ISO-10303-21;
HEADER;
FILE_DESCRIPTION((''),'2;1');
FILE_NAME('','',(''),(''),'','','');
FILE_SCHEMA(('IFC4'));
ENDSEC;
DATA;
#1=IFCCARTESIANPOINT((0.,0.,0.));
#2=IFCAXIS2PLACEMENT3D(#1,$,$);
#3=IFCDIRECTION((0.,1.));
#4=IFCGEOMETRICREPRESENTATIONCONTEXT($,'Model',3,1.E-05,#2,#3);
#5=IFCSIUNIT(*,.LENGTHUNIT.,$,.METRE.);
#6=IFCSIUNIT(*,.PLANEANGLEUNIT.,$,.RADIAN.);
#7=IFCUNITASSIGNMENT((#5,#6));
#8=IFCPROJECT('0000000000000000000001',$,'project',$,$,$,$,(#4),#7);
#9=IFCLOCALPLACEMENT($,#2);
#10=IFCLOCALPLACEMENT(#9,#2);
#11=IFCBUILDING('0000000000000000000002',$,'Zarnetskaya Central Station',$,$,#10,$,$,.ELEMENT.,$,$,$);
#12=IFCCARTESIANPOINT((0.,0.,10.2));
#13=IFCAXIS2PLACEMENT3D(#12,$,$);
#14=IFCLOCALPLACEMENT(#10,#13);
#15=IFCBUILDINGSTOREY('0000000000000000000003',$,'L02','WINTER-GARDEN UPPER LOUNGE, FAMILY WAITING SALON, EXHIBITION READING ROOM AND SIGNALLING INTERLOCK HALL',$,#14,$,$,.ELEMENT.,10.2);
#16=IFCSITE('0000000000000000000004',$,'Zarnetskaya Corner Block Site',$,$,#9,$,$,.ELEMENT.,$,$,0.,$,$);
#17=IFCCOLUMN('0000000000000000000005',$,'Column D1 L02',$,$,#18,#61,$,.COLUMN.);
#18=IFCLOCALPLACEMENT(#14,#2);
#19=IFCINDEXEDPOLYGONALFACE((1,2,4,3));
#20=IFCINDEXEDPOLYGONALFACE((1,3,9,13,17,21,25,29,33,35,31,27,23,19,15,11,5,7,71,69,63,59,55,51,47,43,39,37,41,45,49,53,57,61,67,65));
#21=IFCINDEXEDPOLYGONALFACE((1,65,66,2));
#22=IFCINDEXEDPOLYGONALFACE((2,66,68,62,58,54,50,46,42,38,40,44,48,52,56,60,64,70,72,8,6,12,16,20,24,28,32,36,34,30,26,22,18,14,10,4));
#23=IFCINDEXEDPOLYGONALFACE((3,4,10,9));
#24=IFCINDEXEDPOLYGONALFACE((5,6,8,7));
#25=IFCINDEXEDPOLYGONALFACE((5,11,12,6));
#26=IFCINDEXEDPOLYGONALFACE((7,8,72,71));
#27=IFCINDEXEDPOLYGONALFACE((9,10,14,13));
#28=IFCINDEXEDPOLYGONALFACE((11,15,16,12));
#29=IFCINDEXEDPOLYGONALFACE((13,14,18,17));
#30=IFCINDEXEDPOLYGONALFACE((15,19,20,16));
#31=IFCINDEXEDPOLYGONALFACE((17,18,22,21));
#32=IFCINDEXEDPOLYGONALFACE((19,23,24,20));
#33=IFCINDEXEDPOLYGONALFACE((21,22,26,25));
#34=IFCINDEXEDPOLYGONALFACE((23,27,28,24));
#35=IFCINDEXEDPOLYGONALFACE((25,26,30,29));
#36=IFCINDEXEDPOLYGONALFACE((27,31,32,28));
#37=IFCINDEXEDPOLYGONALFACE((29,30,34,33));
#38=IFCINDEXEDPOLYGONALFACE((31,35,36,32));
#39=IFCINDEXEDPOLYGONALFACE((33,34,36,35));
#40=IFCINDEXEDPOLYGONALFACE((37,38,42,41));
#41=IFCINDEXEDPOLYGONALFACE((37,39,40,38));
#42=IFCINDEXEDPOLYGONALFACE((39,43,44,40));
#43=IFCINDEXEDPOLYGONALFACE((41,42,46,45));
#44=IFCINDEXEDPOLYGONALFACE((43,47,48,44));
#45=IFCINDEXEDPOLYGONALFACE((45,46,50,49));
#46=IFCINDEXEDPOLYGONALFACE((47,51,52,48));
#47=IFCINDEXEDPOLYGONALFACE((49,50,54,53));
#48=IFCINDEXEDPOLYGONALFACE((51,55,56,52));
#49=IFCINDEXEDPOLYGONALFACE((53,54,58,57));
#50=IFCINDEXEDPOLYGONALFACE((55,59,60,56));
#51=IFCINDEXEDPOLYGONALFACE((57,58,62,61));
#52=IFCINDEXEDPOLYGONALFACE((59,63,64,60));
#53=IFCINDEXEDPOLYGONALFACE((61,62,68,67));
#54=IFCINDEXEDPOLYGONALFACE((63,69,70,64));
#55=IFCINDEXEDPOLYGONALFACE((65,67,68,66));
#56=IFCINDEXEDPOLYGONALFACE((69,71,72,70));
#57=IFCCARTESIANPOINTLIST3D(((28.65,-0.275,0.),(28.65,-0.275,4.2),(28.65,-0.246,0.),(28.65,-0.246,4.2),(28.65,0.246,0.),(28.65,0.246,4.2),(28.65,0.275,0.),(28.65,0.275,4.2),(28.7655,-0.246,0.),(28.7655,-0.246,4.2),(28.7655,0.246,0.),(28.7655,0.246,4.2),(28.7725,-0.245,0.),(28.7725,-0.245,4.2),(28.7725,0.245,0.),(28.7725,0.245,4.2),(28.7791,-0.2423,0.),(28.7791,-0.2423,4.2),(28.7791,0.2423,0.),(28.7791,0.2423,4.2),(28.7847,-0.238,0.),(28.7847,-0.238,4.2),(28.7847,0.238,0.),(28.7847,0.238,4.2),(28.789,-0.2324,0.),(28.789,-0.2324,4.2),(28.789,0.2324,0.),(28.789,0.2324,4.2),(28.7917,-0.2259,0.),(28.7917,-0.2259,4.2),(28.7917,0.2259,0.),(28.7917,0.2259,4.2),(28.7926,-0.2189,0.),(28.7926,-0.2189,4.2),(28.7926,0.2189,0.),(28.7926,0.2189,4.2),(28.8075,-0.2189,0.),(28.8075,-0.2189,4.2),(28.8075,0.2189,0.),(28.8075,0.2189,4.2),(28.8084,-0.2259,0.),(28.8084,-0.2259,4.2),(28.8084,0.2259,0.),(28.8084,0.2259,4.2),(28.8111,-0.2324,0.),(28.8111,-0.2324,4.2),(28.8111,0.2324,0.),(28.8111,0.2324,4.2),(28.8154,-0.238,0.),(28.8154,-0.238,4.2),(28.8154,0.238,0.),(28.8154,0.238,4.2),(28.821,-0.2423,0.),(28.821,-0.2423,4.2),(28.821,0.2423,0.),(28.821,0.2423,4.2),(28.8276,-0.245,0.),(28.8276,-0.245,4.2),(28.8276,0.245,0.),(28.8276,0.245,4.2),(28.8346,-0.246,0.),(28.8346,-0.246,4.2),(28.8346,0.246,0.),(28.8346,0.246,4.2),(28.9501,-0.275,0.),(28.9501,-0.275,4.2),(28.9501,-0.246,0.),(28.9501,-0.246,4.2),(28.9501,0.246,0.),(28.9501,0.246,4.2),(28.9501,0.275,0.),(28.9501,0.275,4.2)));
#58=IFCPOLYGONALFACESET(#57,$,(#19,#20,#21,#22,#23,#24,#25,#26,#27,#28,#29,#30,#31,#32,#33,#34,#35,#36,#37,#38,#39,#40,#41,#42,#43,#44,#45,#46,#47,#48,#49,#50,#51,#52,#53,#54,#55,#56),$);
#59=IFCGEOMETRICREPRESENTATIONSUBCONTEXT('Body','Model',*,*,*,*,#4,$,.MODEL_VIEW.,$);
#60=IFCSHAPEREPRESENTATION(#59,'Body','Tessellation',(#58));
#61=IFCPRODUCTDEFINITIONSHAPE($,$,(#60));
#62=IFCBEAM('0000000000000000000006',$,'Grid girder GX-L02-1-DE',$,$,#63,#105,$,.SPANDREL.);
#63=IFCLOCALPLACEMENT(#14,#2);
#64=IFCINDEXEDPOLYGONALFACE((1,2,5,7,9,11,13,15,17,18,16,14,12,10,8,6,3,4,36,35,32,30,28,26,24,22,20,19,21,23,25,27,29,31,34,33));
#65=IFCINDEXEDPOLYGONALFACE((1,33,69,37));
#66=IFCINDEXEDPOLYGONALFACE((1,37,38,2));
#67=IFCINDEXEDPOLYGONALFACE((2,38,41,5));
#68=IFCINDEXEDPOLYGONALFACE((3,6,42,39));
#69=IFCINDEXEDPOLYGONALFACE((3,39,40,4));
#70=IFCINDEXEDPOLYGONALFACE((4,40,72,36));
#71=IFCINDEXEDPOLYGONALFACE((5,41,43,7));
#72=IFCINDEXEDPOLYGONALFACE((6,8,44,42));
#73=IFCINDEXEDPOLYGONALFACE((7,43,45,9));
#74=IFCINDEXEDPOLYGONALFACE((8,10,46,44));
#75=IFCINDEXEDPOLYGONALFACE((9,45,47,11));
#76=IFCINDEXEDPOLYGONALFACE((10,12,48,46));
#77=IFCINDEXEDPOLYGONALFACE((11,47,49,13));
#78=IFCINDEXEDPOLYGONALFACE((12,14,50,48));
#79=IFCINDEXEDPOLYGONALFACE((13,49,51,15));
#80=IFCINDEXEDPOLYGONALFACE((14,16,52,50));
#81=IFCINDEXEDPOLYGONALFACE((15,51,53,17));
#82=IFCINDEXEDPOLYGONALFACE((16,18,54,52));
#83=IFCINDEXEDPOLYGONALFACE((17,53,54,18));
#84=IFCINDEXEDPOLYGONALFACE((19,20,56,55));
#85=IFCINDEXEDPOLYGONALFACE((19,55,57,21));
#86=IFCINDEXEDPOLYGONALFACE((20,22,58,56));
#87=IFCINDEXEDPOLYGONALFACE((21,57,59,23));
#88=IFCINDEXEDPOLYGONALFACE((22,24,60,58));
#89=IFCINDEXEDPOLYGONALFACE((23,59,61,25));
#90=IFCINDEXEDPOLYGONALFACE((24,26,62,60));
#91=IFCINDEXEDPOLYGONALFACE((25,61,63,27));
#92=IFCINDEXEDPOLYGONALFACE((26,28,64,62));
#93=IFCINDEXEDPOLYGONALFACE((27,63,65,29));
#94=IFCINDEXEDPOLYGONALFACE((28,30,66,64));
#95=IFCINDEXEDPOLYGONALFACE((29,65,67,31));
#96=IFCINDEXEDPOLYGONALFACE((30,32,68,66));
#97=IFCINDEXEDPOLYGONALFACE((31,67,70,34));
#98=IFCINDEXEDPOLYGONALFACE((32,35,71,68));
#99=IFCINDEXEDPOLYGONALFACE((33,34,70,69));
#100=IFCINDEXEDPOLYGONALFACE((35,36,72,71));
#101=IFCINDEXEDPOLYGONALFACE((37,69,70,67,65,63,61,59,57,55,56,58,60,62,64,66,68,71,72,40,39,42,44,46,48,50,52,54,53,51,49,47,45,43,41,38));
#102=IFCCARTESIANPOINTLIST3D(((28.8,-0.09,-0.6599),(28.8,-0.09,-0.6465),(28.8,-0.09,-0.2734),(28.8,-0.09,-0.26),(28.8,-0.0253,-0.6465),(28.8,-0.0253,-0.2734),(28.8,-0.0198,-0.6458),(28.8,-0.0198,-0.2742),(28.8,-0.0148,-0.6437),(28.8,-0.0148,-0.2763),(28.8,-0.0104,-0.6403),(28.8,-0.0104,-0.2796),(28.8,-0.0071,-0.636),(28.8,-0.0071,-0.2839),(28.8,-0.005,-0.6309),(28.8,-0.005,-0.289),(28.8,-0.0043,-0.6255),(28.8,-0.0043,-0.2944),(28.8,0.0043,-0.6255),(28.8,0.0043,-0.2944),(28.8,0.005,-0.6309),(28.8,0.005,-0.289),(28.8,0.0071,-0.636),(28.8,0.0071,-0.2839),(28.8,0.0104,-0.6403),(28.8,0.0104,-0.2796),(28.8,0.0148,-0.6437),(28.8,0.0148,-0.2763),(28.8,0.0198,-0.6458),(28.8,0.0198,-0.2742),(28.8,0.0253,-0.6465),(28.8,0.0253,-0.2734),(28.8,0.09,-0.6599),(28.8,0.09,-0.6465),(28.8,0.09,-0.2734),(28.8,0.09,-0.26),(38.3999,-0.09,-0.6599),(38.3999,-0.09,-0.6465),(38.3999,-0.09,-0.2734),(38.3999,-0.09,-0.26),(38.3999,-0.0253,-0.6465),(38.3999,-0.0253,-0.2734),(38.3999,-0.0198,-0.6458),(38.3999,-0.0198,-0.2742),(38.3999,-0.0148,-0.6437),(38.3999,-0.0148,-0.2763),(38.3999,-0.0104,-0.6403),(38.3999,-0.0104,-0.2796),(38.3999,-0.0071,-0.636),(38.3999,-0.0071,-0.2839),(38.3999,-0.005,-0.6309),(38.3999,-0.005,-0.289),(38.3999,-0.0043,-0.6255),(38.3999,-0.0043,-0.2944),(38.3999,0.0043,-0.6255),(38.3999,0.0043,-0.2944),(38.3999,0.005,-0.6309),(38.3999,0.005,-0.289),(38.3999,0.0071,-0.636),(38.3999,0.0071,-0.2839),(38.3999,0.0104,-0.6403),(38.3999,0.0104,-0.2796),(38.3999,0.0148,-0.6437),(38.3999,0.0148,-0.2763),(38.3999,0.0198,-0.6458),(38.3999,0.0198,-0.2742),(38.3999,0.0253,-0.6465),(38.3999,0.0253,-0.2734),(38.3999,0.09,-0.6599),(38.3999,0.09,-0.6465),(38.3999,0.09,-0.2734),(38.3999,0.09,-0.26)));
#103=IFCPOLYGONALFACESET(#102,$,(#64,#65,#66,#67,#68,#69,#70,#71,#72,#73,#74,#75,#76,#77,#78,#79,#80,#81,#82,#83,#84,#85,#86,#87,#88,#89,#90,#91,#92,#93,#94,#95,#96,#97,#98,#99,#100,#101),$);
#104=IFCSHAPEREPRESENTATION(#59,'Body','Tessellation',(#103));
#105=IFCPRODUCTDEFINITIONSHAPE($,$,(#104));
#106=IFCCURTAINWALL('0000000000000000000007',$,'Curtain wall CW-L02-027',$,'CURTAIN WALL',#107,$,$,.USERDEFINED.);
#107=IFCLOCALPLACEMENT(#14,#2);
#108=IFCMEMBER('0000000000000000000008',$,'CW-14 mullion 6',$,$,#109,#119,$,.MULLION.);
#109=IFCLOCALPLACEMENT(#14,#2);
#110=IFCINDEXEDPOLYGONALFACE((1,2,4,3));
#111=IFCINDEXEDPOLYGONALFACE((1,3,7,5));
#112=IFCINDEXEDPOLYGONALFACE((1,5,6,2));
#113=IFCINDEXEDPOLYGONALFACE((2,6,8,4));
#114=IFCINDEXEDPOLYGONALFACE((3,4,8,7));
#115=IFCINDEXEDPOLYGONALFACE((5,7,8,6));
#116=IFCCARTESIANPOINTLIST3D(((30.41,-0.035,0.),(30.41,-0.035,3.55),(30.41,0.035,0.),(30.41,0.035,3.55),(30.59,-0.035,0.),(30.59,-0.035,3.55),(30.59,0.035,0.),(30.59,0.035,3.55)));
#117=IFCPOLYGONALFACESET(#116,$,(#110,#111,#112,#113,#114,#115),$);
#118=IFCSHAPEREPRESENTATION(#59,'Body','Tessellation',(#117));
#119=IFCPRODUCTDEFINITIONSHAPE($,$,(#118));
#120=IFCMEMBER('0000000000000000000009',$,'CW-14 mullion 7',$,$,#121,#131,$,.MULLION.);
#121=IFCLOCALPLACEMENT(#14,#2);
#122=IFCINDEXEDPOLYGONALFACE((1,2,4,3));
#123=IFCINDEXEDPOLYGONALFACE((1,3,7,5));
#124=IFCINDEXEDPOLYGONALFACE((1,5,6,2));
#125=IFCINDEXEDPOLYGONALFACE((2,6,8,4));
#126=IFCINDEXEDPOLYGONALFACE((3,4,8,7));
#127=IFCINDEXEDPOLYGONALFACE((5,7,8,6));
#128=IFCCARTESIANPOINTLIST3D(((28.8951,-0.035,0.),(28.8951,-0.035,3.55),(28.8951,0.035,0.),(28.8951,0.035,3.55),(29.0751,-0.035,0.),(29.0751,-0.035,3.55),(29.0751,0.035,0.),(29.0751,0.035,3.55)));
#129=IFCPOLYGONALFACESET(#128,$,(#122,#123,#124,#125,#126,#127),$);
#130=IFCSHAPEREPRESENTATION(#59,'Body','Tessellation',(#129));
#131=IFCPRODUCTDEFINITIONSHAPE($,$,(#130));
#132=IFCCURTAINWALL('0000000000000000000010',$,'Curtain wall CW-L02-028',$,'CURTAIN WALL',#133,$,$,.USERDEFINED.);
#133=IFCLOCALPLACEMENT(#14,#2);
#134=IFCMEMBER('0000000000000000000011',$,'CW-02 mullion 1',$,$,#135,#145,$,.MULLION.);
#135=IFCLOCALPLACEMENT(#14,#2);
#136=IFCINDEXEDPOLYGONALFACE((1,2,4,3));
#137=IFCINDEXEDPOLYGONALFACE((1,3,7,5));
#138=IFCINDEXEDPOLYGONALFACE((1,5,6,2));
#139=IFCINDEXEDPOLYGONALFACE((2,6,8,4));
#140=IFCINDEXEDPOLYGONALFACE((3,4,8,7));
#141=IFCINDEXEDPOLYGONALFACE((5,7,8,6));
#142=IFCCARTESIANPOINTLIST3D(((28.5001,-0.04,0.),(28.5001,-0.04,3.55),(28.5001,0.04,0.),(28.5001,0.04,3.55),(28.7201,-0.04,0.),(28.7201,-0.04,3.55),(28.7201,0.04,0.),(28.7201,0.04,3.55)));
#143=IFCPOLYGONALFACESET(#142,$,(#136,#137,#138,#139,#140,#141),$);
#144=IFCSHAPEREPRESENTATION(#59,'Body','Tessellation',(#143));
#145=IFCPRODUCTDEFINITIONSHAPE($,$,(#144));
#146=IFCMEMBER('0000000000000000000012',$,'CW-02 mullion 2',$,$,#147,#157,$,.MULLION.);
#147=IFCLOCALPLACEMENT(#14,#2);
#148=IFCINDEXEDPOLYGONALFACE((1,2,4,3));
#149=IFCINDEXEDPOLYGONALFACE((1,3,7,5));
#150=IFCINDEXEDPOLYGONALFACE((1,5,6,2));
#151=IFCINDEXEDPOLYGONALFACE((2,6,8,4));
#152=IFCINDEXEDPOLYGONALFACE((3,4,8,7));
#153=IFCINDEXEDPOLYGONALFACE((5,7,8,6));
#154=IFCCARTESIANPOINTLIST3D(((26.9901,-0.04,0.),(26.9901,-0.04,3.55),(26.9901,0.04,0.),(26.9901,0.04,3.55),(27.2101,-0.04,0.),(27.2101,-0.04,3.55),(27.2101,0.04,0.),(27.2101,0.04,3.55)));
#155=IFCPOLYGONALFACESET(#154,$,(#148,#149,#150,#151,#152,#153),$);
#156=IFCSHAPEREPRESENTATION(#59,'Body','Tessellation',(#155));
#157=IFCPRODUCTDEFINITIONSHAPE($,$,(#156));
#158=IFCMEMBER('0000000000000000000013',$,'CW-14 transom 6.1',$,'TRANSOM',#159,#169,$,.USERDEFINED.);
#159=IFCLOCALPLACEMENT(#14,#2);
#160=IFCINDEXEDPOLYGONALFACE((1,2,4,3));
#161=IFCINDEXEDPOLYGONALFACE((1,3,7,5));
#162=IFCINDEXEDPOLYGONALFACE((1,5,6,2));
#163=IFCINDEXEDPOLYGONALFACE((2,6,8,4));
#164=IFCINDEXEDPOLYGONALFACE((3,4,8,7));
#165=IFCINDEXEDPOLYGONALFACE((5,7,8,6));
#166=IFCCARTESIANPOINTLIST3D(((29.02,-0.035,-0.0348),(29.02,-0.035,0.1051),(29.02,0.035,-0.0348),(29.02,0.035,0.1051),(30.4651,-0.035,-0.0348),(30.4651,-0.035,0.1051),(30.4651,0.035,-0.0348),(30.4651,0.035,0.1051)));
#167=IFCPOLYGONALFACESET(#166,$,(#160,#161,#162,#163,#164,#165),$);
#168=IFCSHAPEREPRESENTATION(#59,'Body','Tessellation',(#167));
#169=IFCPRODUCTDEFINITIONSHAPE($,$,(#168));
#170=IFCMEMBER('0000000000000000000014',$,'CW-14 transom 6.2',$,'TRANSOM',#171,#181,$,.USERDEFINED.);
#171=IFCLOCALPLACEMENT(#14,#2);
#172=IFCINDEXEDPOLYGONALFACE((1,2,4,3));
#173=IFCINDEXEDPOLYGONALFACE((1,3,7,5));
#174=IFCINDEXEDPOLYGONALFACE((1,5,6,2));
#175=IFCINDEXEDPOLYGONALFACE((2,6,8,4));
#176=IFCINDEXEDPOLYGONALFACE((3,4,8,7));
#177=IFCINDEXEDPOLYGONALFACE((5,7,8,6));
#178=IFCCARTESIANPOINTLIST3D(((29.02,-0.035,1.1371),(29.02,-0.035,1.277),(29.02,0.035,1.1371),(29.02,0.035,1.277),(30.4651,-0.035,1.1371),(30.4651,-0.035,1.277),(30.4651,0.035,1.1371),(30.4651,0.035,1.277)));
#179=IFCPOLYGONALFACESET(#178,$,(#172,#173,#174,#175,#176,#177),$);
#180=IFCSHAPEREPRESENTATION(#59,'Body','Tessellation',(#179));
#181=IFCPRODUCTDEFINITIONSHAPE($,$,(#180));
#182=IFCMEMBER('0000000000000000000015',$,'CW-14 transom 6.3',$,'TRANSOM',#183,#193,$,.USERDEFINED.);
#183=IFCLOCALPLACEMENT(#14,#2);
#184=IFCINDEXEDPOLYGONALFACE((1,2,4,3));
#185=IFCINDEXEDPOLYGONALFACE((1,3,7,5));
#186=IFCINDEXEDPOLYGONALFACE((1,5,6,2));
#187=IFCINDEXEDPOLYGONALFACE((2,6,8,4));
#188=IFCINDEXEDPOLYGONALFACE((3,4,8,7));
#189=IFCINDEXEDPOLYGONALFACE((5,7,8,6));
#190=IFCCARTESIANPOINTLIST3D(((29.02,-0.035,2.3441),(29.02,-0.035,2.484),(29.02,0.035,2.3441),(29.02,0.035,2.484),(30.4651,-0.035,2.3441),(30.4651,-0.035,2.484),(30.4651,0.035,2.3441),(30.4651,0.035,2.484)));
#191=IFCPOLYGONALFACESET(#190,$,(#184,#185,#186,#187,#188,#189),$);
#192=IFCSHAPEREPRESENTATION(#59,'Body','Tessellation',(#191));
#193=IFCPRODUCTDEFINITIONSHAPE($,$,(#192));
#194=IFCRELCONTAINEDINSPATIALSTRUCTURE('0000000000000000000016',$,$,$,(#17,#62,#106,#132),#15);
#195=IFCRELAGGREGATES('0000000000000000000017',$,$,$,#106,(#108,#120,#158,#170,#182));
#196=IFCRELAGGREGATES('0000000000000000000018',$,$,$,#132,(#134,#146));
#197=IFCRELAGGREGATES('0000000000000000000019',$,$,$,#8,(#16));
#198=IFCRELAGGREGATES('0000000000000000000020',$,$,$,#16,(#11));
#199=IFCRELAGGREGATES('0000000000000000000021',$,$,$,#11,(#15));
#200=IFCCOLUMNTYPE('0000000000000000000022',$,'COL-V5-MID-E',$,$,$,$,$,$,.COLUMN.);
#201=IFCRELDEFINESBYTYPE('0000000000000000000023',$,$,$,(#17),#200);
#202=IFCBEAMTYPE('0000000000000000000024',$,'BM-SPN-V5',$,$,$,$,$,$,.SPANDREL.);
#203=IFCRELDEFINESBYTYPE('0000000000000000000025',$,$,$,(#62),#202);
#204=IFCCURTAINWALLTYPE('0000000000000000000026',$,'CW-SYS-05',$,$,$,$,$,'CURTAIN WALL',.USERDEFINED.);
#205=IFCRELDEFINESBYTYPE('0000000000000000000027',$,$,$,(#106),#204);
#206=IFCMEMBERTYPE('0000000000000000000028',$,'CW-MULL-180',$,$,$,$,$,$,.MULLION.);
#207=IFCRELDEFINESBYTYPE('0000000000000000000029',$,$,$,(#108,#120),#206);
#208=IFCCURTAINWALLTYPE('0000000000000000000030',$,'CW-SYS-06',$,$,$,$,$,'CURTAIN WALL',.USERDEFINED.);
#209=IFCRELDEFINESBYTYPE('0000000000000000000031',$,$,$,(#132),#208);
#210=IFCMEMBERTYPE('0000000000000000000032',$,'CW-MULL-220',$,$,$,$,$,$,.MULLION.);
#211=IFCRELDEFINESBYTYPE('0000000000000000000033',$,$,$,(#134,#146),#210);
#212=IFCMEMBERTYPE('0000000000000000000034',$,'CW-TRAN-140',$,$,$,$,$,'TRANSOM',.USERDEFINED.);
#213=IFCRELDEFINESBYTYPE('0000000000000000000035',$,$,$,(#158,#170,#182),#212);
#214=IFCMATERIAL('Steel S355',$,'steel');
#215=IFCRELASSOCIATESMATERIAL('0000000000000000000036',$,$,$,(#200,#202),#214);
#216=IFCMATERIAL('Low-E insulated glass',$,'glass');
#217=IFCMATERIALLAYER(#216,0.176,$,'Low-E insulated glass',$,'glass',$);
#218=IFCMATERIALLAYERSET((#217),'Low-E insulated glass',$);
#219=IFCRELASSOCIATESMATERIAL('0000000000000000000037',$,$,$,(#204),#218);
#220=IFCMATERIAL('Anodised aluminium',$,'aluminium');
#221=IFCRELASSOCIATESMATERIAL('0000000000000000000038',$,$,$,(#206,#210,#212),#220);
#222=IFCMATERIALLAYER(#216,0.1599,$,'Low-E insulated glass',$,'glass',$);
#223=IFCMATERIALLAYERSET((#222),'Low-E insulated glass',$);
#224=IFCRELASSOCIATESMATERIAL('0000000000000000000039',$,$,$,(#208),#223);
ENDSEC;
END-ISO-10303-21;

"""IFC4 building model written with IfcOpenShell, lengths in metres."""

from ifc_helpers import new_model, si_unit, direction, frame, origin, origin_2d, place, context, subcontext, project, spatial, rectangle, i_section, extrude, material, layer, layer_set, material_profile, profile_set, type_object, element, aggregate, save


model = new_model("IFC4")

# Units and contexts
model_context = context("Model", 3, precision=1e-05, world=origin(), true_north=direction((0.0, 1.0)))
body_context = subcontext(model_context, "Body", "Model", "MODEL_VIEW")
ifc_project = project(units=[si_unit("LENGTHUNIT", "METRE"), si_unit("PLANEANGLEUNIT", "RADIAN")], contexts=[model_context])

# Site, building, storey
site_placement = place(None, origin())
site = spatial("IfcSite", under=ifc_project, at=site_placement, Name="Zarnetskaya Corner Block Site", CompositionType="ELEMENT", RefElevation=0.0)
building_placement = place(site_placement, origin())
building = spatial("IfcBuilding", under=site, at=building_placement, Name="Zarnetskaya Central Station", CompositionType="ELEMENT")
storey_placement = place(building_placement, frame((0.0, 0.0, 10.2)))
storey = spatial("IfcBuildingStorey", under=building, at=storey_placement, Name="L02", Description="WINTER-GARDEN UPPER LOUNGE, FAMILY WAITING SALON, EXHIBITION READING ROOM AND SIGNALLING INTERLOCK HALL", CompositionType="ELEMENT", Elevation=10.2)

# Column
ifc_material_1 = material(Name="Steel S355", Category="steel")
ifc_material_profile_1 = material_profile(ifc_material_1, i_section(OverallWidth=0.3, OverallDepth=0.55, WebThickness=0.0149, FlangeThickness=0.0291, FilletRadius=0.0271, at=origin_2d()), Name="HEB 550")
ifc_profile_set_1 = profile_set([ifc_material_profile_1], Name="Steel S355")
column_type = type_object("IfcColumnType", Name="COL-V5-MID-E", PredefinedType="COLUMN", material=ifc_profile_set_1)
column_placement = place(storey_placement, frame((28.8, 0.0, 0.0), z_axis=(0.0, 0.0, 1.0), x_axis=(1.0, 0.0, 0.0)))
element("IfcColumn", 1, at=column_placement, inside=storey, type_object=column_type, Name="Column D1 L02", PredefinedType="COLUMN", context=body_context, shape_type="SweptSolid", body=[
    extrude(i_section(OverallWidth=0.3, OverallDepth=0.55, WebThickness=0.0149, FlangeThickness=0.0291, FilletRadius=0.0271, at=origin_2d()), origin(), (0.0, 0.0, 1.0), 4.2),
])

# Beam
ifc_material_profile_2 = material_profile(ifc_material_1, i_section(OverallWidth=0.1799, OverallDepth=0.3999, WebThickness=0.0085, FlangeThickness=0.0134, FilletRadius=0.021, at=origin_2d()), Name="IPE 400")
ifc_profile_set_2 = profile_set([ifc_material_profile_2], Name="Steel S355")
beam_type_1 = type_object("IfcBeamType", Name="BM-SPN-V5", PredefinedType="SPANDREL", material=ifc_profile_set_2)
beam_1_placement = place(storey_placement, frame((28.8, 0.0, -0.46), z_axis=(1.0, 0.0, 0.0), x_axis=(0.0, 1.0, 0.0)))
element("IfcBeam", 2, at=beam_1_placement, inside=storey, type_object=beam_type_1, Name="Grid girder GX-L02-1-DE", PredefinedType="SPANDREL", context=body_context, shape_type="SweptSolid", body=[
    extrude(i_section(OverallWidth=0.1799, OverallDepth=0.3999, WebThickness=0.0085, FlangeThickness=0.0134, FilletRadius=0.021, at=origin_2d()), origin(), (0.0, 0.0, 1.0), 9.5999),
])

# Curtain walls, members
ifc_material_2 = material(Name="Low-E insulated glass", Category="glass")
ifc_layer_1 = layer(ifc_material_2, 0.176, Name="Low-E insulated glass", Category="glass")
ifc_layer_set_1 = layer_set([ifc_layer_1], Name="Low-E insulated glass")
curtain_wall_type_1 = type_object("IfcCurtainWallType", Name="CW-SYS-05", ElementType="CURTAIN WALL", PredefinedType="USERDEFINED", material=ifc_layer_set_1)
curtain_wall_1_placement = place(storey_placement, origin())
curtain_wall_1 = element("IfcCurtainWall", 3, at=curtain_wall_1_placement, inside=storey, type_object=curtain_wall_type_1, Name="Curtain wall CW-L02-027", ObjectType="CURTAIN WALL", PredefinedType="USERDEFINED")
ifc_material_3 = material(Name="Anodised aluminium", Category="aluminium")
ifc_material_profile_3 = material_profile(ifc_material_3, rectangle(XDim=0.0701, YDim=0.1799, at=origin_2d()), Name="ALU MULL 70x180")
ifc_profile_set_3 = profile_set([ifc_material_profile_3], Name="Anodised aluminium")
member_type_1 = type_object("IfcMemberType", Name="CW-MULL-180", PredefinedType="MULLION", material=ifc_profile_set_3)
member_1_placement = place(storey_placement, frame((30.5, 0.0, 0.0), z_axis=(0.0, 0.0, 1.0), x_axis=(0.0, -1.0, 0.0)))
member_1 = element("IfcMember", 4, at=member_1_placement, type_object=member_type_1, Name="CW-14 mullion 6", PredefinedType="MULLION", context=body_context, shape_type="SweptSolid", body=[
    extrude(rectangle(XDim=0.0701, YDim=0.1799, at=origin_2d()), origin(), (0.0, 0.0, 1.0), 3.55),
])
member_2_placement = place(storey_placement, frame((28.9851, 0.0, 0.0), z_axis=(0.0, 0.0, 1.0), x_axis=(0.0, -1.0, 0.0)))
member_2 = element("IfcMember", 5, at=member_2_placement, type_object=member_type_1, Name="CW-14 mullion 7", PredefinedType="MULLION", context=body_context, shape_type="SweptSolid", body=[
    extrude(rectangle(XDim=0.0701, YDim=0.1799, at=origin_2d()), origin(), (0.0, 0.0, 1.0), 3.55),
])
ifc_layer_2 = layer(ifc_material_2, 0.1599, Name="Low-E insulated glass", Category="glass")
ifc_layer_set_2 = layer_set([ifc_layer_2], Name="Low-E insulated glass")
curtain_wall_type_2 = type_object("IfcCurtainWallType", Name="CW-SYS-06", ElementType="CURTAIN WALL", PredefinedType="USERDEFINED", material=ifc_layer_set_2)
curtain_wall_2_placement = place(storey_placement, origin())
curtain_wall_2 = element("IfcCurtainWall", 6, at=curtain_wall_2_placement, inside=storey, type_object=curtain_wall_type_2, Name="Curtain wall CW-L02-028", ObjectType="CURTAIN WALL", PredefinedType="USERDEFINED")
ifc_material_profile_4 = material_profile(ifc_material_3, rectangle(XDim=0.0801, YDim=0.22, at=origin_2d()), Name="ALU MULL 80x220")
ifc_profile_set_4 = profile_set([ifc_material_profile_4], Name="Anodised aluminium")
member_type_2 = type_object("IfcMemberType", Name="CW-MULL-220", PredefinedType="MULLION", material=ifc_profile_set_4)
member_3_placement = place(storey_placement, frame((28.6101, 0.0, 0.0), z_axis=(0.0, 0.0, 1.0), x_axis=(0.0, -1.0, 0.0)))
member_3 = element("IfcMember", 7, at=member_3_placement, type_object=member_type_2, Name="CW-02 mullion 1", PredefinedType="MULLION", context=body_context, shape_type="SweptSolid", body=[
    extrude(rectangle(XDim=0.0801, YDim=0.22, at=origin_2d()), origin(), (0.0, 0.0, 1.0), 3.55),
])
member_4_placement = place(storey_placement, frame((27.1001, 0.0, 0.0), z_axis=(0.0, 0.0, 1.0), x_axis=(0.0, -1.0, 0.0)))
member_4 = element("IfcMember", 8, at=member_4_placement, type_object=member_type_2, Name="CW-02 mullion 2", PredefinedType="MULLION", context=body_context, shape_type="SweptSolid", body=[
    extrude(rectangle(XDim=0.0801, YDim=0.22, at=origin_2d()), origin(), (0.0, 0.0, 1.0), 3.55),
])

# Members
ifc_material_profile_5 = material_profile(ifc_material_3, rectangle(XDim=0.0701, YDim=0.1399, at=origin_2d()), Name="ALU TRAN 70x140")
ifc_profile_set_5 = profile_set([ifc_material_profile_5], Name="Anodised aluminium")
member_type_3 = type_object("IfcMemberType", Name="CW-TRAN-140", ElementType="TRANSOM", PredefinedType="USERDEFINED", material=ifc_profile_set_5)
member_5_placement = place(storey_placement, frame((30.4651, 0.0, 0.0352), z_axis=(-1.0, 0.0, 0.0), x_axis=(0.0, -1.0, 0.0)))
member_5 = element("IfcMember", 9, at=member_5_placement, type_object=member_type_3, Name="CW-14 transom 6.1", ObjectType="TRANSOM", PredefinedType="USERDEFINED", context=body_context, shape_type="SweptSolid", body=[
    extrude(rectangle(XDim=0.0701, YDim=0.1399, at=origin_2d()), origin(), (0.0, 0.0, 1.0), 1.4451),
])
member_6_placement = place(storey_placement, frame((30.4651, 0.0, 1.207), z_axis=(-1.0, 0.0, 0.0), x_axis=(0.0, -1.0, 0.0)))
member_6 = element("IfcMember", 10, at=member_6_placement, type_object=member_type_3, Name="CW-14 transom 6.2", ObjectType="TRANSOM", PredefinedType="USERDEFINED", context=body_context, shape_type="SweptSolid", body=[
    extrude(rectangle(XDim=0.0701, YDim=0.1399, at=origin_2d()), origin(), (0.0, 0.0, 1.0), 1.4451),
])
member_7_placement = place(storey_placement, frame((30.4651, 0.0, 2.4141), z_axis=(-1.0, 0.0, 0.0), x_axis=(0.0, -1.0, 0.0)))
member_7 = element("IfcMember", 11, at=member_7_placement, type_object=member_type_3, Name="CW-14 transom 6.3", ObjectType="TRANSOM", PredefinedType="USERDEFINED", context=body_context, shape_type="SweptSolid", body=[
    extrude(rectangle(XDim=0.0701, YDim=0.1399, at=origin_2d()), origin(), (0.0, 0.0, 1.0), 1.4451),
])

aggregate(curtain_wall_1, [member_1, member_2, member_5, member_6, member_7])
aggregate(curtain_wall_2, [member_3, member_4])

save(model, "model.ifc")
